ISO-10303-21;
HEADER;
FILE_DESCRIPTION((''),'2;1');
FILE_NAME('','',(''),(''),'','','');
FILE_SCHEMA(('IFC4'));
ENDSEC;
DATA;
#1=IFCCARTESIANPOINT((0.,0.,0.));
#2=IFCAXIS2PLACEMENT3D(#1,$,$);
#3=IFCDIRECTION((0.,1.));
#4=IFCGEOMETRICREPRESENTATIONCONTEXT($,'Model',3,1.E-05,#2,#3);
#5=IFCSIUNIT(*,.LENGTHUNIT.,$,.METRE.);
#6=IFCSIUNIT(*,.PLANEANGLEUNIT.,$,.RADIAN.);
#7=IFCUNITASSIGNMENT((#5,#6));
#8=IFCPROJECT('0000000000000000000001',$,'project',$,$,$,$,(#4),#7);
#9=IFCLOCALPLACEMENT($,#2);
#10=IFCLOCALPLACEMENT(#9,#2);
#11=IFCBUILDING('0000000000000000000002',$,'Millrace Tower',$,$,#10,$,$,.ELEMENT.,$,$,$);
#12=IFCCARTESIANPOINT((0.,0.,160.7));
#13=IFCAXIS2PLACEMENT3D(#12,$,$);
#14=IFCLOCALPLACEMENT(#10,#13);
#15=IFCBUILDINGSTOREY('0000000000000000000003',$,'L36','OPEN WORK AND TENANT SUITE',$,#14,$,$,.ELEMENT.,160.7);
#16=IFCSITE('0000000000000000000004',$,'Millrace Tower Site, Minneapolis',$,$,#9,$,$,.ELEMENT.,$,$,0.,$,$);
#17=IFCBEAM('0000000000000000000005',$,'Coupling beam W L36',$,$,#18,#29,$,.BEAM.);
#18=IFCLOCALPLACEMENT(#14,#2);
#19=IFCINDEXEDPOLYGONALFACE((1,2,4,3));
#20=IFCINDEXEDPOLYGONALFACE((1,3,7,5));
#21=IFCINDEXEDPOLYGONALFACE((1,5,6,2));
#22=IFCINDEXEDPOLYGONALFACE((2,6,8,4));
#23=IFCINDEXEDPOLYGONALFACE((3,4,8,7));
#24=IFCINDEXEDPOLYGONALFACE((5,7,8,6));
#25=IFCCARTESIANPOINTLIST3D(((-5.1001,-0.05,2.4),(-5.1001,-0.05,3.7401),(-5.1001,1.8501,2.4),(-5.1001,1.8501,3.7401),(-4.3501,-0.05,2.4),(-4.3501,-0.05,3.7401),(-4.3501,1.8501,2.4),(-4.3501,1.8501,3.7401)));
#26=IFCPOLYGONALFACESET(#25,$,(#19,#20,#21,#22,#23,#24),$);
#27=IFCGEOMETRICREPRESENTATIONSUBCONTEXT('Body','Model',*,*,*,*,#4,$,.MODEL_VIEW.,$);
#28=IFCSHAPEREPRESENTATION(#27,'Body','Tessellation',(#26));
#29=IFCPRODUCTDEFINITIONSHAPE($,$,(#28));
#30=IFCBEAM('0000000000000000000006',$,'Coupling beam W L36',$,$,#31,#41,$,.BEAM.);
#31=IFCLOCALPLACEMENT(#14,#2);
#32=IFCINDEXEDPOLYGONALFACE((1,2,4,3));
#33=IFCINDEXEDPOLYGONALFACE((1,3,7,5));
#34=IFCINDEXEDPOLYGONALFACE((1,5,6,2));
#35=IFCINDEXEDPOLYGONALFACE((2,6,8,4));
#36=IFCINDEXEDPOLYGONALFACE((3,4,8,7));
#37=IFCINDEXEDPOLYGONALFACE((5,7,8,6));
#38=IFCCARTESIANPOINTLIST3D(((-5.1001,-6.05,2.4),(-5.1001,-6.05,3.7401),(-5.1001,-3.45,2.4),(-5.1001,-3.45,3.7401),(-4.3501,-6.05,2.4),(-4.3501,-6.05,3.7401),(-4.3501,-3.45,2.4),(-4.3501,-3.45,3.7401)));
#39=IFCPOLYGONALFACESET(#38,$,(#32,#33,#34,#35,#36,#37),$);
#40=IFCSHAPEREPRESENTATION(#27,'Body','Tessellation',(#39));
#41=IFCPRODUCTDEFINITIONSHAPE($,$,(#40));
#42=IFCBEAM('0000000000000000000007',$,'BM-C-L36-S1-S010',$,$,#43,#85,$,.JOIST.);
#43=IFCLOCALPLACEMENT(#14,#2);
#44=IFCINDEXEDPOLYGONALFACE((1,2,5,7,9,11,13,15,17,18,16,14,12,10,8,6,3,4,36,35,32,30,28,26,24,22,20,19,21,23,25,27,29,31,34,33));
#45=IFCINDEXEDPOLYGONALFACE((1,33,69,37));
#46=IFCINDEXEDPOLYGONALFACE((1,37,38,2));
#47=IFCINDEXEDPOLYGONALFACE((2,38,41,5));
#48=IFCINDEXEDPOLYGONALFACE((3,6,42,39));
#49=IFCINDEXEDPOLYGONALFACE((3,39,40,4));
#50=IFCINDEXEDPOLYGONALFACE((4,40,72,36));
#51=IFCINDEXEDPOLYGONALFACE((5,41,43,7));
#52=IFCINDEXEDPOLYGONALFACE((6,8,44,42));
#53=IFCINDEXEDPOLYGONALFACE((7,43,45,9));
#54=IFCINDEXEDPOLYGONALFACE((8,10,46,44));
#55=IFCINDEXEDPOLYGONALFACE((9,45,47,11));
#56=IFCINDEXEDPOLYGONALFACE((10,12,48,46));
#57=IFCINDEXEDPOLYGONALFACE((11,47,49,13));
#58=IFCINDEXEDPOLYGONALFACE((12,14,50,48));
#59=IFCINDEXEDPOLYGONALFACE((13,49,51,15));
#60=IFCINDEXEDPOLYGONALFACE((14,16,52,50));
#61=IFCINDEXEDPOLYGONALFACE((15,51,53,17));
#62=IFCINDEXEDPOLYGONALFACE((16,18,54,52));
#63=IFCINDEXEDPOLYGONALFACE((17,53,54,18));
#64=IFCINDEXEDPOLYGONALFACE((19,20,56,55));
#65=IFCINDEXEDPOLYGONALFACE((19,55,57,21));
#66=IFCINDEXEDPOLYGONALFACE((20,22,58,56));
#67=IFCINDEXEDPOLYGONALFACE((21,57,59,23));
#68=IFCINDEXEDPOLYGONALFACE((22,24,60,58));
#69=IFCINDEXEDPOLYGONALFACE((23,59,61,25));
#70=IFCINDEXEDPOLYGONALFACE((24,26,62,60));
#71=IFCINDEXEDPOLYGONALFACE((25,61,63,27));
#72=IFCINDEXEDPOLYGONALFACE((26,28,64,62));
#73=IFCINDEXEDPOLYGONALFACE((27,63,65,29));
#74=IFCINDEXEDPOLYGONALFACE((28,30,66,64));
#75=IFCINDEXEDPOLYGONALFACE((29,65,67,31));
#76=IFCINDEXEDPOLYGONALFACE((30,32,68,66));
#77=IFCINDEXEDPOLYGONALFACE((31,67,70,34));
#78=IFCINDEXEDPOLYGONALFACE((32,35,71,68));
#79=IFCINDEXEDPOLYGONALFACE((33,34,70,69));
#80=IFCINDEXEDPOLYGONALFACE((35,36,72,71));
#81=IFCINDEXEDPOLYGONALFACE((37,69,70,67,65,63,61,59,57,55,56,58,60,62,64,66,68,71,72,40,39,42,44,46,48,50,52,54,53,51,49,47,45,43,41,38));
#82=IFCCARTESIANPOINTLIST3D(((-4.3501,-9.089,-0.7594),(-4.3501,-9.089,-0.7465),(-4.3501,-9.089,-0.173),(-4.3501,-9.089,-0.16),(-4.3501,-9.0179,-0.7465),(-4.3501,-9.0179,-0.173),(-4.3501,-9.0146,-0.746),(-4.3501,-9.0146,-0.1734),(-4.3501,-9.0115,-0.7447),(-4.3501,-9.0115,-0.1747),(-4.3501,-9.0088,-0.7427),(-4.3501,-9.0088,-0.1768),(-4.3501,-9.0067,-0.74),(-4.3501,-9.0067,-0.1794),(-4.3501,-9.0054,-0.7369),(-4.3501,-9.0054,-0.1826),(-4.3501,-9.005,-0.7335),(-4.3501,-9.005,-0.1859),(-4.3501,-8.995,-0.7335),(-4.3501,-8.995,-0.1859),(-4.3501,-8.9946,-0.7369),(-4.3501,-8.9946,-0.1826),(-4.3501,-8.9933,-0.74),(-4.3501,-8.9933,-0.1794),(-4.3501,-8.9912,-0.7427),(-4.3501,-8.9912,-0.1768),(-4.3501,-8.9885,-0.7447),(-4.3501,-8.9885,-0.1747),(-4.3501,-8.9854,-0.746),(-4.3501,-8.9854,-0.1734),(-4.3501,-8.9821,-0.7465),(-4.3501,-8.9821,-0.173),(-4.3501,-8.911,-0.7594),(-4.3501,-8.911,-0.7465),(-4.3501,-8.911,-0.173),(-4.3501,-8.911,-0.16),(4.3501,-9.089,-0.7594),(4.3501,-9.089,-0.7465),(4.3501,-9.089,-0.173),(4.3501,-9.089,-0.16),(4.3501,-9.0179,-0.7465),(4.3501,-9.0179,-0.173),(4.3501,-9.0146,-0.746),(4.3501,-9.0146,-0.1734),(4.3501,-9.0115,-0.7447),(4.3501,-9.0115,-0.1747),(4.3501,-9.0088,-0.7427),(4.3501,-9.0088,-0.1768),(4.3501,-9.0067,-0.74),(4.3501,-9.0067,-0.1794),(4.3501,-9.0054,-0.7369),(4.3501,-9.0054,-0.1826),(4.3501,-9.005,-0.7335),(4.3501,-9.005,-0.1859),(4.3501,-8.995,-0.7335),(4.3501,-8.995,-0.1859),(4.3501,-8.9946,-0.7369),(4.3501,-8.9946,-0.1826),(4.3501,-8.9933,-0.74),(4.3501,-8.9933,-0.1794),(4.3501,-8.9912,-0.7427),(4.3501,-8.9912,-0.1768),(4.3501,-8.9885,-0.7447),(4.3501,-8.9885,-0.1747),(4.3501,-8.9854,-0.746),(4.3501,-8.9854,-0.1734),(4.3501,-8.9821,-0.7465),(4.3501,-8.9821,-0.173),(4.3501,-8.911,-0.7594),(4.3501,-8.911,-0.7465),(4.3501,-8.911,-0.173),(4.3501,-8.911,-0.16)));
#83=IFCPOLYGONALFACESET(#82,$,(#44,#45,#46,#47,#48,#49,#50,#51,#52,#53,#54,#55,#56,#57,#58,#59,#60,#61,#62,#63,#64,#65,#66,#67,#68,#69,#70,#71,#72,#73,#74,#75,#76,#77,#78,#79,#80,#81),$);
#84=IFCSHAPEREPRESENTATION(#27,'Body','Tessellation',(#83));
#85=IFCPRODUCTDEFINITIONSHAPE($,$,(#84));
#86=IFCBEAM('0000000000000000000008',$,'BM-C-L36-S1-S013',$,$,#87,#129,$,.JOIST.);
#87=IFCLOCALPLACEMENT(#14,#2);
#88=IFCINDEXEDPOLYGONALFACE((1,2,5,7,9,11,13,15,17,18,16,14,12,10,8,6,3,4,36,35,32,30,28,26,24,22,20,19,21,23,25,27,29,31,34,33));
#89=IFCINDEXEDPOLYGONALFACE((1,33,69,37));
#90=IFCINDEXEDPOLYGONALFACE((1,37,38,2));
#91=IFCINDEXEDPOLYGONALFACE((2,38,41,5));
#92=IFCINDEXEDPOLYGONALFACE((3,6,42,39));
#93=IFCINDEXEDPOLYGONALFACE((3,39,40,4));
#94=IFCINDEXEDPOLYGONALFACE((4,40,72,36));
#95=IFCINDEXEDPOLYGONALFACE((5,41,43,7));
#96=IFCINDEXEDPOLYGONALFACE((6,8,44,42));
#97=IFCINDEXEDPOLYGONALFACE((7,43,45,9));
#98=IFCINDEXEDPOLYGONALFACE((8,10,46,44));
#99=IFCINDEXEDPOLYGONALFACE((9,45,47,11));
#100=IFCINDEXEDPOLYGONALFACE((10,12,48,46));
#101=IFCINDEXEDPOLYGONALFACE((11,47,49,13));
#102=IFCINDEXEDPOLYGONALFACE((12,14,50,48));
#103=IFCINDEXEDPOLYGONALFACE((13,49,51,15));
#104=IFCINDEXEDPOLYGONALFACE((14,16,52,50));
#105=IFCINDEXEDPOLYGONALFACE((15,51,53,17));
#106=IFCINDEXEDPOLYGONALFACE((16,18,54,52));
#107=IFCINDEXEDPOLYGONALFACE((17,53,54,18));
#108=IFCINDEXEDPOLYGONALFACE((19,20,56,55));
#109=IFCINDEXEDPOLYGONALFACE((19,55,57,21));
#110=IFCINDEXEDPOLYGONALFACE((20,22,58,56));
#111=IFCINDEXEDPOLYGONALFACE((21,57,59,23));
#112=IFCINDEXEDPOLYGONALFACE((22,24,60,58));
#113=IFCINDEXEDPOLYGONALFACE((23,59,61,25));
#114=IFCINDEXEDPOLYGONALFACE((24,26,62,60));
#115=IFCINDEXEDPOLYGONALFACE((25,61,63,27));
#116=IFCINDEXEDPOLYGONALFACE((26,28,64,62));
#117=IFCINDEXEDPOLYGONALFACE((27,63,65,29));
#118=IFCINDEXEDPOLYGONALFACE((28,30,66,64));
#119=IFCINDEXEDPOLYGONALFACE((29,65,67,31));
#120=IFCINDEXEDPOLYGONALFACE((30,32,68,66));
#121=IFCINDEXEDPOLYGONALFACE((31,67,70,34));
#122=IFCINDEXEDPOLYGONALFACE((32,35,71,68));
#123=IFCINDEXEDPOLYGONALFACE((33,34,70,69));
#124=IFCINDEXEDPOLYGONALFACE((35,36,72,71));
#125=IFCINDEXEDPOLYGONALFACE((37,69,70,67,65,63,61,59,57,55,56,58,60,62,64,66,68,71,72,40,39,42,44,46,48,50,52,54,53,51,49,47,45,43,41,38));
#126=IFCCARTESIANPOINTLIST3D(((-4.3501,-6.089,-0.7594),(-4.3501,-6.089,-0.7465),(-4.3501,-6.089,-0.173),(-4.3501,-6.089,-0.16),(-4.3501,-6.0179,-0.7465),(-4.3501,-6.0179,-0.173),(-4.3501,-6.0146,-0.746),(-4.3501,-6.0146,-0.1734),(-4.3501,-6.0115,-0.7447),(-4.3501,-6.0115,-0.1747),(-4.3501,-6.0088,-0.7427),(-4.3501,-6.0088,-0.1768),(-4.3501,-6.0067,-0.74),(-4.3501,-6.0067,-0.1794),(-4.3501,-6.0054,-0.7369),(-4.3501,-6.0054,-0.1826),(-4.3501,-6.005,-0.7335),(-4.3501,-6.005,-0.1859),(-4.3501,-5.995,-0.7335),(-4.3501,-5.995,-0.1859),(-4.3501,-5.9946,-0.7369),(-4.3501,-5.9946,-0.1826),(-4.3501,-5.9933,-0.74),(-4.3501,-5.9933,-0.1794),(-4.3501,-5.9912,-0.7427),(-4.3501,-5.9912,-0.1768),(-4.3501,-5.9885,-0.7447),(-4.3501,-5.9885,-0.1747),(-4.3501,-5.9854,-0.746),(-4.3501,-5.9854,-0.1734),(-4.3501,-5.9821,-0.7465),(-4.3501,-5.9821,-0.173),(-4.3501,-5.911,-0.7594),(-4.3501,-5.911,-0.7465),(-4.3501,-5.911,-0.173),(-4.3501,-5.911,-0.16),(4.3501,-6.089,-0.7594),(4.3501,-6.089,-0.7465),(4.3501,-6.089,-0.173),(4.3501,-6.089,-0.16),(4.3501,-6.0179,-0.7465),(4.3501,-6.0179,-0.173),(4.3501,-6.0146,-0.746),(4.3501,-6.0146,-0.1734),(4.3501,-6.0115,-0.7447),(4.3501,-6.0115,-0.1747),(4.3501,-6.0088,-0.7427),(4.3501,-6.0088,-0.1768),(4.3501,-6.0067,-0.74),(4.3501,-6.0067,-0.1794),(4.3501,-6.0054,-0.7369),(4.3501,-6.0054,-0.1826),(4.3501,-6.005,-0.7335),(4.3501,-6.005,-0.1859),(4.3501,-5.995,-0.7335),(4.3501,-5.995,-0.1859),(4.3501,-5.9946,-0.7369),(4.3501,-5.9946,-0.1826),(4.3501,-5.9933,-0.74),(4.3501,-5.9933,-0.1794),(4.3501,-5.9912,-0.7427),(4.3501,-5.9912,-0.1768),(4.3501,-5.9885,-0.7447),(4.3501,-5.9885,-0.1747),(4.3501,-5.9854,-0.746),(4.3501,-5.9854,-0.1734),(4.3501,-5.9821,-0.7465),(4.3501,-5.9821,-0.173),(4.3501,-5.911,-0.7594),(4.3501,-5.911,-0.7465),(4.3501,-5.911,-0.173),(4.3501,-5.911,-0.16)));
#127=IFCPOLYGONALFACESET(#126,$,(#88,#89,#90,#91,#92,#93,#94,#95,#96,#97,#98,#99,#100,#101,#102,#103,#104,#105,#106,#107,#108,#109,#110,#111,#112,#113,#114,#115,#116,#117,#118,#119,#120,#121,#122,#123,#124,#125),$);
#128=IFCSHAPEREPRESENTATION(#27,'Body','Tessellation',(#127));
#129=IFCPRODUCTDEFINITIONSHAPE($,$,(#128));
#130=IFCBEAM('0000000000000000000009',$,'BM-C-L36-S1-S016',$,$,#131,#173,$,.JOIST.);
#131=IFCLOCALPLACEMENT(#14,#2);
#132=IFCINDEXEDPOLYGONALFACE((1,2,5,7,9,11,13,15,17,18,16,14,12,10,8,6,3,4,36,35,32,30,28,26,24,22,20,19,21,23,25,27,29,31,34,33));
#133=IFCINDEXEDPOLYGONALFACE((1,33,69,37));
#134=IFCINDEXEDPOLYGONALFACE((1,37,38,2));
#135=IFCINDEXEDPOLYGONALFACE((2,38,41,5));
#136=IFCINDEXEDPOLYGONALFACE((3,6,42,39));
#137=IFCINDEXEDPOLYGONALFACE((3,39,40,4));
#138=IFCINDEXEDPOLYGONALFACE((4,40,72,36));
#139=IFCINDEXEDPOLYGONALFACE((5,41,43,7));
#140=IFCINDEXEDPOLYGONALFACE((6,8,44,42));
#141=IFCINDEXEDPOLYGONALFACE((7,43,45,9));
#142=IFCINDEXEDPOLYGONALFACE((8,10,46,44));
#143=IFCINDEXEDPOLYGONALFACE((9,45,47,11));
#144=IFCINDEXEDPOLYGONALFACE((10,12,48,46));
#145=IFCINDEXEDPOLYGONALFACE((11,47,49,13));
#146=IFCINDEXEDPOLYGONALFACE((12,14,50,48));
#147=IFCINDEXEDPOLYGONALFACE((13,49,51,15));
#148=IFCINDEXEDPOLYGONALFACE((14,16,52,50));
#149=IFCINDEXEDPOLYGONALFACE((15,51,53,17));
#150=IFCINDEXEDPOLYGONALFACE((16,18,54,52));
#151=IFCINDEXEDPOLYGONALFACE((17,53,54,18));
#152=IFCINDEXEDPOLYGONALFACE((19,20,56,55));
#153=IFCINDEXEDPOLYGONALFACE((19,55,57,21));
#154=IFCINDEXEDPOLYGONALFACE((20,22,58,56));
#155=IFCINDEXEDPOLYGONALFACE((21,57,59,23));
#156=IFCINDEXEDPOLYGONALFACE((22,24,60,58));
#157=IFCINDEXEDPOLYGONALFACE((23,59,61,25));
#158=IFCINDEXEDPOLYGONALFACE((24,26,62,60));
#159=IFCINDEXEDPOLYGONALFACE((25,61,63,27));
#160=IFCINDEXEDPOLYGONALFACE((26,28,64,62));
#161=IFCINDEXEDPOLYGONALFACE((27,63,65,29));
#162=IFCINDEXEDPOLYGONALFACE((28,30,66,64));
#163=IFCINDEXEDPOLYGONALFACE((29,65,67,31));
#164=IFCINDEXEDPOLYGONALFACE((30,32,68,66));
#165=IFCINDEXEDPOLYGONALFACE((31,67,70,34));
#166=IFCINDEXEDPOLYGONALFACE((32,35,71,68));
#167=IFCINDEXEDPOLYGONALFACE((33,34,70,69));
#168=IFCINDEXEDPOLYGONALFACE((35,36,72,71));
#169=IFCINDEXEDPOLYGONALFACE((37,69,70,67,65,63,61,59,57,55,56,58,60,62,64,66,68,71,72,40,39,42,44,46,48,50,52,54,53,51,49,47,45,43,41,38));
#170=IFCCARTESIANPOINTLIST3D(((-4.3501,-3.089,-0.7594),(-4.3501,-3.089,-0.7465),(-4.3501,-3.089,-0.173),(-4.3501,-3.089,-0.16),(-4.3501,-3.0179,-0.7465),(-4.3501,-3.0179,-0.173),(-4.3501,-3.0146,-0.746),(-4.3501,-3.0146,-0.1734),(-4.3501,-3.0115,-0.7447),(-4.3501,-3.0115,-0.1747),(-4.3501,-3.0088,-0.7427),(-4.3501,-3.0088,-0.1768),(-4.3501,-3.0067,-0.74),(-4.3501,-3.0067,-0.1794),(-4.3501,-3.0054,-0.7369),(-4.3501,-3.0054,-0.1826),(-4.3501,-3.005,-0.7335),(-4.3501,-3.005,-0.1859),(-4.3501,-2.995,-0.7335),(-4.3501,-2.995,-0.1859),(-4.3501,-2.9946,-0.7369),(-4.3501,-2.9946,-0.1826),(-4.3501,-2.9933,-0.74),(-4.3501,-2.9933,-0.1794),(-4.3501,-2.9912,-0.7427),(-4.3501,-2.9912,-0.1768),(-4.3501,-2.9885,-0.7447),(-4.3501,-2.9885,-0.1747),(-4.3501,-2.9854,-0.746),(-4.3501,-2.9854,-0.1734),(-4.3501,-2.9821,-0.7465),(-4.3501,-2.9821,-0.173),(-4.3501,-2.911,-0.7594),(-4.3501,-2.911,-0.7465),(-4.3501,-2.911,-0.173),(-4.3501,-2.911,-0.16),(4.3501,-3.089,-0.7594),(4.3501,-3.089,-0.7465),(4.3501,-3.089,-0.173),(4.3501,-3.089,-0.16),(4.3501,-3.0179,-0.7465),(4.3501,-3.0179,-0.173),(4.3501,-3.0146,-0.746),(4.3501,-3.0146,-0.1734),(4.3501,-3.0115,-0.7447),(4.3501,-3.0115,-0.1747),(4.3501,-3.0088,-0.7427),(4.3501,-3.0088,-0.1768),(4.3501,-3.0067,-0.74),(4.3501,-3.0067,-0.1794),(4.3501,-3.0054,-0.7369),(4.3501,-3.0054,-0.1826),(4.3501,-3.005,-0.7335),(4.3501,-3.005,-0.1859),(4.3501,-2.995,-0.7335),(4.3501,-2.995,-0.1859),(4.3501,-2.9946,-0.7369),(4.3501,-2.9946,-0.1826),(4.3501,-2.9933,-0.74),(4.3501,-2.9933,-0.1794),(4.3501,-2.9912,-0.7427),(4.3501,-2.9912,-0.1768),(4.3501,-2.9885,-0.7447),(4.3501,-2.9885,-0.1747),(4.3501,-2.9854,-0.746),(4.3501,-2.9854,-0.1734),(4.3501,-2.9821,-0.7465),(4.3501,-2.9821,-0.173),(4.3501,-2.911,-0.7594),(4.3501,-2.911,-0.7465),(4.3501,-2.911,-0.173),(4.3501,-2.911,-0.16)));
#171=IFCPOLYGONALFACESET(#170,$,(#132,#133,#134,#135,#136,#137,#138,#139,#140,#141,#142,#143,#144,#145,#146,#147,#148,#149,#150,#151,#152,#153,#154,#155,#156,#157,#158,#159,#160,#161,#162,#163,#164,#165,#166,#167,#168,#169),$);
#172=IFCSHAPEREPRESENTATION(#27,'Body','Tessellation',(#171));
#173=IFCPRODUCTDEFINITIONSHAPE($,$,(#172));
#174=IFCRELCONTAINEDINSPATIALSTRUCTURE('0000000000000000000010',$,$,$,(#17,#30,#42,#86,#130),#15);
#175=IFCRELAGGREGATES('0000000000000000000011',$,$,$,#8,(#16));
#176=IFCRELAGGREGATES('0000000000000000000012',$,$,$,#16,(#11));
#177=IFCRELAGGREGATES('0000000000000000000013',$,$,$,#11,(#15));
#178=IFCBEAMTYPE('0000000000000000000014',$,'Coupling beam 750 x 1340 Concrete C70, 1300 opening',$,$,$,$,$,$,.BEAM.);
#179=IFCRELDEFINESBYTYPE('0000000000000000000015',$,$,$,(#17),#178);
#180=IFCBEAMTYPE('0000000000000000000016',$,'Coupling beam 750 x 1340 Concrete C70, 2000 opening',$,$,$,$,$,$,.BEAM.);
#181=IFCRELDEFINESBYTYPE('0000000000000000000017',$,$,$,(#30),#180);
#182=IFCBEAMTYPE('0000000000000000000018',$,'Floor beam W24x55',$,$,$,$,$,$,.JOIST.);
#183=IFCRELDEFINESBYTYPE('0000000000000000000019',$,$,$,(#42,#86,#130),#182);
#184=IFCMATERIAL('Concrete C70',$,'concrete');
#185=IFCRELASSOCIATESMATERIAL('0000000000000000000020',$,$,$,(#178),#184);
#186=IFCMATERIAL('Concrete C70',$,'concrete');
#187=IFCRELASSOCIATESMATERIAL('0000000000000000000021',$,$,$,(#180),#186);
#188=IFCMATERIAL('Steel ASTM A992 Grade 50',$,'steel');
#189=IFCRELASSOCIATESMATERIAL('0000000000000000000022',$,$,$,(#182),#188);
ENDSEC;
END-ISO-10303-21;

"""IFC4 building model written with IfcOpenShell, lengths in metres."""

from ifc_helpers import new_model, si_unit, direction, frame, origin, origin_2d, place, context, subcontext, project, spatial, rectangle, i_section, extrude, material, material_profile, profile_set, type_object, element, save


model = new_model("IFC4")

# Units and contexts
model_context = context("Model", 3, precision=1e-05, world=origin(), true_north=direction((0.0, 1.0)))
body_context = subcontext(model_context, "Body", "Model", "MODEL_VIEW")
ifc_project = project(units=[si_unit("LENGTHUNIT", "METRE"), si_unit("PLANEANGLEUNIT", "RADIAN")], contexts=[model_context])

# Site, building, storey
site_placement = place(None, origin())
site = spatial("IfcSite", under=ifc_project, at=site_placement, Name="Millrace Tower Site, Minneapolis", CompositionType="ELEMENT", RefElevation=0.0)
building_placement = place(site_placement, origin())
building = spatial("IfcBuilding", under=site, at=building_placement, Name="Millrace Tower", CompositionType="ELEMENT")
storey_placement = place(building_placement, frame((0.0, 0.0, 160.7)))
storey = spatial("IfcBuildingStorey", under=building, at=storey_placement, Name="L36", Description="OPEN WORK AND TENANT SUITE", CompositionType="ELEMENT", Elevation=160.7)

# Beams
ifc_material_1 = material(Name="Concrete C70", Category="concrete")
ifc_material_profile_1 = material_profile(ifc_material_1, rectangle(XDim=0.75, YDim=1.3401, at=origin_2d()))
ifc_profile_set_1 = profile_set([ifc_material_profile_1], Name="Concrete C70")
beam_type_1 = type_object("IfcBeamType", Name="Coupling beam 750 x 1340 Concrete C70, 1300 opening", PredefinedType="BEAM", material=ifc_profile_set_1)
beam_1_placement = place(storey_placement, frame((-4.7251, -0.05, 3.0701), z_axis=(0.0, 1.0, 0.0), x_axis=(-1.0, 0.0, 0.0)))
element("IfcBeam", 1, at=beam_1_placement, inside=storey, type_object=beam_type_1, Name="Coupling beam W L36", PredefinedType="BEAM", context=body_context, shape_type="SweptSolid", body=[
    extrude(rectangle(XDim=0.75, YDim=1.3401, at=origin_2d()), origin(), (0.0, 0.0, 1.0), 1.9001),
])
ifc_material_2 = material(Name="Concrete C70", Category="concrete")
ifc_material_profile_2 = material_profile(ifc_material_2, rectangle(XDim=0.75, YDim=1.3401, at=origin_2d()))
ifc_profile_set_2 = profile_set([ifc_material_profile_2], Name="Concrete C70")
beam_type_2 = type_object("IfcBeamType", Name="Coupling beam 750 x 1340 Concrete C70, 2000 opening", PredefinedType="BEAM", material=ifc_profile_set_2)
beam_2_placement = place(storey_placement, frame((-4.7251, -6.05, 3.0701), z_axis=(0.0, 1.0, 0.0), x_axis=(-1.0, 0.0, 0.0)))
element("IfcBeam", 2, at=beam_2_placement, inside=storey, type_object=beam_type_2, Name="Coupling beam W L36", PredefinedType="BEAM", context=body_context, shape_type="SweptSolid", body=[
    extrude(rectangle(XDim=0.75, YDim=1.3401, at=origin_2d()), origin(), (0.0, 0.0, 1.0), 2.6001),
])
ifc_material_3 = material(Name="Steel ASTM A992 Grade 50", Category="steel")
ifc_material_profile_3 = material_profile(ifc_material_3, i_section(OverallWidth=0.178, OverallDepth=0.5994, WebThickness=0.01, FlangeThickness=0.0129, FilletRadius=0.0129, at=origin_2d()))
ifc_profile_set_3 = profile_set([ifc_material_profile_3], Name="Steel ASTM A992 Grade 50")
beam_type_3 = type_object("IfcBeamType", Name="Floor beam W24x55", PredefinedType="JOIST", material=ifc_profile_set_3)
for number, where, z_axis, x_axis, name in (
    (3, (-4.3501, -9.0, -0.4597), (1.0, 0.0, 0.0), (0.0, 1.0, 0.0), "BM-C-L36-S1-S010"),
    (4, (-4.3501, -6.0, -0.4597), (1.0, 0.0, 0.0), (0.0, 1.0, 0.0), "BM-C-L36-S1-S013"),
    (5, (-4.3501, -3.0, -0.4597), (1.0, 0.0, 0.0), (0.0, 1.0, 0.0), "BM-C-L36-S1-S016"),
):
    element("IfcBeam", number, at=place(storey_placement, frame(where, z_axis=z_axis, x_axis=x_axis)), inside=storey, type_object=beam_type_3, Name=name, PredefinedType="JOIST", context=body_context, shape_type="SweptSolid", body=[
        extrude(i_section(OverallWidth=0.178, OverallDepth=0.5994, WebThickness=0.01, FlangeThickness=0.0129, FilletRadius=0.0129, at=origin_2d()), origin(), (0.0, 0.0, 1.0), 8.7002),
    ])

save(model, "model.ifc")
